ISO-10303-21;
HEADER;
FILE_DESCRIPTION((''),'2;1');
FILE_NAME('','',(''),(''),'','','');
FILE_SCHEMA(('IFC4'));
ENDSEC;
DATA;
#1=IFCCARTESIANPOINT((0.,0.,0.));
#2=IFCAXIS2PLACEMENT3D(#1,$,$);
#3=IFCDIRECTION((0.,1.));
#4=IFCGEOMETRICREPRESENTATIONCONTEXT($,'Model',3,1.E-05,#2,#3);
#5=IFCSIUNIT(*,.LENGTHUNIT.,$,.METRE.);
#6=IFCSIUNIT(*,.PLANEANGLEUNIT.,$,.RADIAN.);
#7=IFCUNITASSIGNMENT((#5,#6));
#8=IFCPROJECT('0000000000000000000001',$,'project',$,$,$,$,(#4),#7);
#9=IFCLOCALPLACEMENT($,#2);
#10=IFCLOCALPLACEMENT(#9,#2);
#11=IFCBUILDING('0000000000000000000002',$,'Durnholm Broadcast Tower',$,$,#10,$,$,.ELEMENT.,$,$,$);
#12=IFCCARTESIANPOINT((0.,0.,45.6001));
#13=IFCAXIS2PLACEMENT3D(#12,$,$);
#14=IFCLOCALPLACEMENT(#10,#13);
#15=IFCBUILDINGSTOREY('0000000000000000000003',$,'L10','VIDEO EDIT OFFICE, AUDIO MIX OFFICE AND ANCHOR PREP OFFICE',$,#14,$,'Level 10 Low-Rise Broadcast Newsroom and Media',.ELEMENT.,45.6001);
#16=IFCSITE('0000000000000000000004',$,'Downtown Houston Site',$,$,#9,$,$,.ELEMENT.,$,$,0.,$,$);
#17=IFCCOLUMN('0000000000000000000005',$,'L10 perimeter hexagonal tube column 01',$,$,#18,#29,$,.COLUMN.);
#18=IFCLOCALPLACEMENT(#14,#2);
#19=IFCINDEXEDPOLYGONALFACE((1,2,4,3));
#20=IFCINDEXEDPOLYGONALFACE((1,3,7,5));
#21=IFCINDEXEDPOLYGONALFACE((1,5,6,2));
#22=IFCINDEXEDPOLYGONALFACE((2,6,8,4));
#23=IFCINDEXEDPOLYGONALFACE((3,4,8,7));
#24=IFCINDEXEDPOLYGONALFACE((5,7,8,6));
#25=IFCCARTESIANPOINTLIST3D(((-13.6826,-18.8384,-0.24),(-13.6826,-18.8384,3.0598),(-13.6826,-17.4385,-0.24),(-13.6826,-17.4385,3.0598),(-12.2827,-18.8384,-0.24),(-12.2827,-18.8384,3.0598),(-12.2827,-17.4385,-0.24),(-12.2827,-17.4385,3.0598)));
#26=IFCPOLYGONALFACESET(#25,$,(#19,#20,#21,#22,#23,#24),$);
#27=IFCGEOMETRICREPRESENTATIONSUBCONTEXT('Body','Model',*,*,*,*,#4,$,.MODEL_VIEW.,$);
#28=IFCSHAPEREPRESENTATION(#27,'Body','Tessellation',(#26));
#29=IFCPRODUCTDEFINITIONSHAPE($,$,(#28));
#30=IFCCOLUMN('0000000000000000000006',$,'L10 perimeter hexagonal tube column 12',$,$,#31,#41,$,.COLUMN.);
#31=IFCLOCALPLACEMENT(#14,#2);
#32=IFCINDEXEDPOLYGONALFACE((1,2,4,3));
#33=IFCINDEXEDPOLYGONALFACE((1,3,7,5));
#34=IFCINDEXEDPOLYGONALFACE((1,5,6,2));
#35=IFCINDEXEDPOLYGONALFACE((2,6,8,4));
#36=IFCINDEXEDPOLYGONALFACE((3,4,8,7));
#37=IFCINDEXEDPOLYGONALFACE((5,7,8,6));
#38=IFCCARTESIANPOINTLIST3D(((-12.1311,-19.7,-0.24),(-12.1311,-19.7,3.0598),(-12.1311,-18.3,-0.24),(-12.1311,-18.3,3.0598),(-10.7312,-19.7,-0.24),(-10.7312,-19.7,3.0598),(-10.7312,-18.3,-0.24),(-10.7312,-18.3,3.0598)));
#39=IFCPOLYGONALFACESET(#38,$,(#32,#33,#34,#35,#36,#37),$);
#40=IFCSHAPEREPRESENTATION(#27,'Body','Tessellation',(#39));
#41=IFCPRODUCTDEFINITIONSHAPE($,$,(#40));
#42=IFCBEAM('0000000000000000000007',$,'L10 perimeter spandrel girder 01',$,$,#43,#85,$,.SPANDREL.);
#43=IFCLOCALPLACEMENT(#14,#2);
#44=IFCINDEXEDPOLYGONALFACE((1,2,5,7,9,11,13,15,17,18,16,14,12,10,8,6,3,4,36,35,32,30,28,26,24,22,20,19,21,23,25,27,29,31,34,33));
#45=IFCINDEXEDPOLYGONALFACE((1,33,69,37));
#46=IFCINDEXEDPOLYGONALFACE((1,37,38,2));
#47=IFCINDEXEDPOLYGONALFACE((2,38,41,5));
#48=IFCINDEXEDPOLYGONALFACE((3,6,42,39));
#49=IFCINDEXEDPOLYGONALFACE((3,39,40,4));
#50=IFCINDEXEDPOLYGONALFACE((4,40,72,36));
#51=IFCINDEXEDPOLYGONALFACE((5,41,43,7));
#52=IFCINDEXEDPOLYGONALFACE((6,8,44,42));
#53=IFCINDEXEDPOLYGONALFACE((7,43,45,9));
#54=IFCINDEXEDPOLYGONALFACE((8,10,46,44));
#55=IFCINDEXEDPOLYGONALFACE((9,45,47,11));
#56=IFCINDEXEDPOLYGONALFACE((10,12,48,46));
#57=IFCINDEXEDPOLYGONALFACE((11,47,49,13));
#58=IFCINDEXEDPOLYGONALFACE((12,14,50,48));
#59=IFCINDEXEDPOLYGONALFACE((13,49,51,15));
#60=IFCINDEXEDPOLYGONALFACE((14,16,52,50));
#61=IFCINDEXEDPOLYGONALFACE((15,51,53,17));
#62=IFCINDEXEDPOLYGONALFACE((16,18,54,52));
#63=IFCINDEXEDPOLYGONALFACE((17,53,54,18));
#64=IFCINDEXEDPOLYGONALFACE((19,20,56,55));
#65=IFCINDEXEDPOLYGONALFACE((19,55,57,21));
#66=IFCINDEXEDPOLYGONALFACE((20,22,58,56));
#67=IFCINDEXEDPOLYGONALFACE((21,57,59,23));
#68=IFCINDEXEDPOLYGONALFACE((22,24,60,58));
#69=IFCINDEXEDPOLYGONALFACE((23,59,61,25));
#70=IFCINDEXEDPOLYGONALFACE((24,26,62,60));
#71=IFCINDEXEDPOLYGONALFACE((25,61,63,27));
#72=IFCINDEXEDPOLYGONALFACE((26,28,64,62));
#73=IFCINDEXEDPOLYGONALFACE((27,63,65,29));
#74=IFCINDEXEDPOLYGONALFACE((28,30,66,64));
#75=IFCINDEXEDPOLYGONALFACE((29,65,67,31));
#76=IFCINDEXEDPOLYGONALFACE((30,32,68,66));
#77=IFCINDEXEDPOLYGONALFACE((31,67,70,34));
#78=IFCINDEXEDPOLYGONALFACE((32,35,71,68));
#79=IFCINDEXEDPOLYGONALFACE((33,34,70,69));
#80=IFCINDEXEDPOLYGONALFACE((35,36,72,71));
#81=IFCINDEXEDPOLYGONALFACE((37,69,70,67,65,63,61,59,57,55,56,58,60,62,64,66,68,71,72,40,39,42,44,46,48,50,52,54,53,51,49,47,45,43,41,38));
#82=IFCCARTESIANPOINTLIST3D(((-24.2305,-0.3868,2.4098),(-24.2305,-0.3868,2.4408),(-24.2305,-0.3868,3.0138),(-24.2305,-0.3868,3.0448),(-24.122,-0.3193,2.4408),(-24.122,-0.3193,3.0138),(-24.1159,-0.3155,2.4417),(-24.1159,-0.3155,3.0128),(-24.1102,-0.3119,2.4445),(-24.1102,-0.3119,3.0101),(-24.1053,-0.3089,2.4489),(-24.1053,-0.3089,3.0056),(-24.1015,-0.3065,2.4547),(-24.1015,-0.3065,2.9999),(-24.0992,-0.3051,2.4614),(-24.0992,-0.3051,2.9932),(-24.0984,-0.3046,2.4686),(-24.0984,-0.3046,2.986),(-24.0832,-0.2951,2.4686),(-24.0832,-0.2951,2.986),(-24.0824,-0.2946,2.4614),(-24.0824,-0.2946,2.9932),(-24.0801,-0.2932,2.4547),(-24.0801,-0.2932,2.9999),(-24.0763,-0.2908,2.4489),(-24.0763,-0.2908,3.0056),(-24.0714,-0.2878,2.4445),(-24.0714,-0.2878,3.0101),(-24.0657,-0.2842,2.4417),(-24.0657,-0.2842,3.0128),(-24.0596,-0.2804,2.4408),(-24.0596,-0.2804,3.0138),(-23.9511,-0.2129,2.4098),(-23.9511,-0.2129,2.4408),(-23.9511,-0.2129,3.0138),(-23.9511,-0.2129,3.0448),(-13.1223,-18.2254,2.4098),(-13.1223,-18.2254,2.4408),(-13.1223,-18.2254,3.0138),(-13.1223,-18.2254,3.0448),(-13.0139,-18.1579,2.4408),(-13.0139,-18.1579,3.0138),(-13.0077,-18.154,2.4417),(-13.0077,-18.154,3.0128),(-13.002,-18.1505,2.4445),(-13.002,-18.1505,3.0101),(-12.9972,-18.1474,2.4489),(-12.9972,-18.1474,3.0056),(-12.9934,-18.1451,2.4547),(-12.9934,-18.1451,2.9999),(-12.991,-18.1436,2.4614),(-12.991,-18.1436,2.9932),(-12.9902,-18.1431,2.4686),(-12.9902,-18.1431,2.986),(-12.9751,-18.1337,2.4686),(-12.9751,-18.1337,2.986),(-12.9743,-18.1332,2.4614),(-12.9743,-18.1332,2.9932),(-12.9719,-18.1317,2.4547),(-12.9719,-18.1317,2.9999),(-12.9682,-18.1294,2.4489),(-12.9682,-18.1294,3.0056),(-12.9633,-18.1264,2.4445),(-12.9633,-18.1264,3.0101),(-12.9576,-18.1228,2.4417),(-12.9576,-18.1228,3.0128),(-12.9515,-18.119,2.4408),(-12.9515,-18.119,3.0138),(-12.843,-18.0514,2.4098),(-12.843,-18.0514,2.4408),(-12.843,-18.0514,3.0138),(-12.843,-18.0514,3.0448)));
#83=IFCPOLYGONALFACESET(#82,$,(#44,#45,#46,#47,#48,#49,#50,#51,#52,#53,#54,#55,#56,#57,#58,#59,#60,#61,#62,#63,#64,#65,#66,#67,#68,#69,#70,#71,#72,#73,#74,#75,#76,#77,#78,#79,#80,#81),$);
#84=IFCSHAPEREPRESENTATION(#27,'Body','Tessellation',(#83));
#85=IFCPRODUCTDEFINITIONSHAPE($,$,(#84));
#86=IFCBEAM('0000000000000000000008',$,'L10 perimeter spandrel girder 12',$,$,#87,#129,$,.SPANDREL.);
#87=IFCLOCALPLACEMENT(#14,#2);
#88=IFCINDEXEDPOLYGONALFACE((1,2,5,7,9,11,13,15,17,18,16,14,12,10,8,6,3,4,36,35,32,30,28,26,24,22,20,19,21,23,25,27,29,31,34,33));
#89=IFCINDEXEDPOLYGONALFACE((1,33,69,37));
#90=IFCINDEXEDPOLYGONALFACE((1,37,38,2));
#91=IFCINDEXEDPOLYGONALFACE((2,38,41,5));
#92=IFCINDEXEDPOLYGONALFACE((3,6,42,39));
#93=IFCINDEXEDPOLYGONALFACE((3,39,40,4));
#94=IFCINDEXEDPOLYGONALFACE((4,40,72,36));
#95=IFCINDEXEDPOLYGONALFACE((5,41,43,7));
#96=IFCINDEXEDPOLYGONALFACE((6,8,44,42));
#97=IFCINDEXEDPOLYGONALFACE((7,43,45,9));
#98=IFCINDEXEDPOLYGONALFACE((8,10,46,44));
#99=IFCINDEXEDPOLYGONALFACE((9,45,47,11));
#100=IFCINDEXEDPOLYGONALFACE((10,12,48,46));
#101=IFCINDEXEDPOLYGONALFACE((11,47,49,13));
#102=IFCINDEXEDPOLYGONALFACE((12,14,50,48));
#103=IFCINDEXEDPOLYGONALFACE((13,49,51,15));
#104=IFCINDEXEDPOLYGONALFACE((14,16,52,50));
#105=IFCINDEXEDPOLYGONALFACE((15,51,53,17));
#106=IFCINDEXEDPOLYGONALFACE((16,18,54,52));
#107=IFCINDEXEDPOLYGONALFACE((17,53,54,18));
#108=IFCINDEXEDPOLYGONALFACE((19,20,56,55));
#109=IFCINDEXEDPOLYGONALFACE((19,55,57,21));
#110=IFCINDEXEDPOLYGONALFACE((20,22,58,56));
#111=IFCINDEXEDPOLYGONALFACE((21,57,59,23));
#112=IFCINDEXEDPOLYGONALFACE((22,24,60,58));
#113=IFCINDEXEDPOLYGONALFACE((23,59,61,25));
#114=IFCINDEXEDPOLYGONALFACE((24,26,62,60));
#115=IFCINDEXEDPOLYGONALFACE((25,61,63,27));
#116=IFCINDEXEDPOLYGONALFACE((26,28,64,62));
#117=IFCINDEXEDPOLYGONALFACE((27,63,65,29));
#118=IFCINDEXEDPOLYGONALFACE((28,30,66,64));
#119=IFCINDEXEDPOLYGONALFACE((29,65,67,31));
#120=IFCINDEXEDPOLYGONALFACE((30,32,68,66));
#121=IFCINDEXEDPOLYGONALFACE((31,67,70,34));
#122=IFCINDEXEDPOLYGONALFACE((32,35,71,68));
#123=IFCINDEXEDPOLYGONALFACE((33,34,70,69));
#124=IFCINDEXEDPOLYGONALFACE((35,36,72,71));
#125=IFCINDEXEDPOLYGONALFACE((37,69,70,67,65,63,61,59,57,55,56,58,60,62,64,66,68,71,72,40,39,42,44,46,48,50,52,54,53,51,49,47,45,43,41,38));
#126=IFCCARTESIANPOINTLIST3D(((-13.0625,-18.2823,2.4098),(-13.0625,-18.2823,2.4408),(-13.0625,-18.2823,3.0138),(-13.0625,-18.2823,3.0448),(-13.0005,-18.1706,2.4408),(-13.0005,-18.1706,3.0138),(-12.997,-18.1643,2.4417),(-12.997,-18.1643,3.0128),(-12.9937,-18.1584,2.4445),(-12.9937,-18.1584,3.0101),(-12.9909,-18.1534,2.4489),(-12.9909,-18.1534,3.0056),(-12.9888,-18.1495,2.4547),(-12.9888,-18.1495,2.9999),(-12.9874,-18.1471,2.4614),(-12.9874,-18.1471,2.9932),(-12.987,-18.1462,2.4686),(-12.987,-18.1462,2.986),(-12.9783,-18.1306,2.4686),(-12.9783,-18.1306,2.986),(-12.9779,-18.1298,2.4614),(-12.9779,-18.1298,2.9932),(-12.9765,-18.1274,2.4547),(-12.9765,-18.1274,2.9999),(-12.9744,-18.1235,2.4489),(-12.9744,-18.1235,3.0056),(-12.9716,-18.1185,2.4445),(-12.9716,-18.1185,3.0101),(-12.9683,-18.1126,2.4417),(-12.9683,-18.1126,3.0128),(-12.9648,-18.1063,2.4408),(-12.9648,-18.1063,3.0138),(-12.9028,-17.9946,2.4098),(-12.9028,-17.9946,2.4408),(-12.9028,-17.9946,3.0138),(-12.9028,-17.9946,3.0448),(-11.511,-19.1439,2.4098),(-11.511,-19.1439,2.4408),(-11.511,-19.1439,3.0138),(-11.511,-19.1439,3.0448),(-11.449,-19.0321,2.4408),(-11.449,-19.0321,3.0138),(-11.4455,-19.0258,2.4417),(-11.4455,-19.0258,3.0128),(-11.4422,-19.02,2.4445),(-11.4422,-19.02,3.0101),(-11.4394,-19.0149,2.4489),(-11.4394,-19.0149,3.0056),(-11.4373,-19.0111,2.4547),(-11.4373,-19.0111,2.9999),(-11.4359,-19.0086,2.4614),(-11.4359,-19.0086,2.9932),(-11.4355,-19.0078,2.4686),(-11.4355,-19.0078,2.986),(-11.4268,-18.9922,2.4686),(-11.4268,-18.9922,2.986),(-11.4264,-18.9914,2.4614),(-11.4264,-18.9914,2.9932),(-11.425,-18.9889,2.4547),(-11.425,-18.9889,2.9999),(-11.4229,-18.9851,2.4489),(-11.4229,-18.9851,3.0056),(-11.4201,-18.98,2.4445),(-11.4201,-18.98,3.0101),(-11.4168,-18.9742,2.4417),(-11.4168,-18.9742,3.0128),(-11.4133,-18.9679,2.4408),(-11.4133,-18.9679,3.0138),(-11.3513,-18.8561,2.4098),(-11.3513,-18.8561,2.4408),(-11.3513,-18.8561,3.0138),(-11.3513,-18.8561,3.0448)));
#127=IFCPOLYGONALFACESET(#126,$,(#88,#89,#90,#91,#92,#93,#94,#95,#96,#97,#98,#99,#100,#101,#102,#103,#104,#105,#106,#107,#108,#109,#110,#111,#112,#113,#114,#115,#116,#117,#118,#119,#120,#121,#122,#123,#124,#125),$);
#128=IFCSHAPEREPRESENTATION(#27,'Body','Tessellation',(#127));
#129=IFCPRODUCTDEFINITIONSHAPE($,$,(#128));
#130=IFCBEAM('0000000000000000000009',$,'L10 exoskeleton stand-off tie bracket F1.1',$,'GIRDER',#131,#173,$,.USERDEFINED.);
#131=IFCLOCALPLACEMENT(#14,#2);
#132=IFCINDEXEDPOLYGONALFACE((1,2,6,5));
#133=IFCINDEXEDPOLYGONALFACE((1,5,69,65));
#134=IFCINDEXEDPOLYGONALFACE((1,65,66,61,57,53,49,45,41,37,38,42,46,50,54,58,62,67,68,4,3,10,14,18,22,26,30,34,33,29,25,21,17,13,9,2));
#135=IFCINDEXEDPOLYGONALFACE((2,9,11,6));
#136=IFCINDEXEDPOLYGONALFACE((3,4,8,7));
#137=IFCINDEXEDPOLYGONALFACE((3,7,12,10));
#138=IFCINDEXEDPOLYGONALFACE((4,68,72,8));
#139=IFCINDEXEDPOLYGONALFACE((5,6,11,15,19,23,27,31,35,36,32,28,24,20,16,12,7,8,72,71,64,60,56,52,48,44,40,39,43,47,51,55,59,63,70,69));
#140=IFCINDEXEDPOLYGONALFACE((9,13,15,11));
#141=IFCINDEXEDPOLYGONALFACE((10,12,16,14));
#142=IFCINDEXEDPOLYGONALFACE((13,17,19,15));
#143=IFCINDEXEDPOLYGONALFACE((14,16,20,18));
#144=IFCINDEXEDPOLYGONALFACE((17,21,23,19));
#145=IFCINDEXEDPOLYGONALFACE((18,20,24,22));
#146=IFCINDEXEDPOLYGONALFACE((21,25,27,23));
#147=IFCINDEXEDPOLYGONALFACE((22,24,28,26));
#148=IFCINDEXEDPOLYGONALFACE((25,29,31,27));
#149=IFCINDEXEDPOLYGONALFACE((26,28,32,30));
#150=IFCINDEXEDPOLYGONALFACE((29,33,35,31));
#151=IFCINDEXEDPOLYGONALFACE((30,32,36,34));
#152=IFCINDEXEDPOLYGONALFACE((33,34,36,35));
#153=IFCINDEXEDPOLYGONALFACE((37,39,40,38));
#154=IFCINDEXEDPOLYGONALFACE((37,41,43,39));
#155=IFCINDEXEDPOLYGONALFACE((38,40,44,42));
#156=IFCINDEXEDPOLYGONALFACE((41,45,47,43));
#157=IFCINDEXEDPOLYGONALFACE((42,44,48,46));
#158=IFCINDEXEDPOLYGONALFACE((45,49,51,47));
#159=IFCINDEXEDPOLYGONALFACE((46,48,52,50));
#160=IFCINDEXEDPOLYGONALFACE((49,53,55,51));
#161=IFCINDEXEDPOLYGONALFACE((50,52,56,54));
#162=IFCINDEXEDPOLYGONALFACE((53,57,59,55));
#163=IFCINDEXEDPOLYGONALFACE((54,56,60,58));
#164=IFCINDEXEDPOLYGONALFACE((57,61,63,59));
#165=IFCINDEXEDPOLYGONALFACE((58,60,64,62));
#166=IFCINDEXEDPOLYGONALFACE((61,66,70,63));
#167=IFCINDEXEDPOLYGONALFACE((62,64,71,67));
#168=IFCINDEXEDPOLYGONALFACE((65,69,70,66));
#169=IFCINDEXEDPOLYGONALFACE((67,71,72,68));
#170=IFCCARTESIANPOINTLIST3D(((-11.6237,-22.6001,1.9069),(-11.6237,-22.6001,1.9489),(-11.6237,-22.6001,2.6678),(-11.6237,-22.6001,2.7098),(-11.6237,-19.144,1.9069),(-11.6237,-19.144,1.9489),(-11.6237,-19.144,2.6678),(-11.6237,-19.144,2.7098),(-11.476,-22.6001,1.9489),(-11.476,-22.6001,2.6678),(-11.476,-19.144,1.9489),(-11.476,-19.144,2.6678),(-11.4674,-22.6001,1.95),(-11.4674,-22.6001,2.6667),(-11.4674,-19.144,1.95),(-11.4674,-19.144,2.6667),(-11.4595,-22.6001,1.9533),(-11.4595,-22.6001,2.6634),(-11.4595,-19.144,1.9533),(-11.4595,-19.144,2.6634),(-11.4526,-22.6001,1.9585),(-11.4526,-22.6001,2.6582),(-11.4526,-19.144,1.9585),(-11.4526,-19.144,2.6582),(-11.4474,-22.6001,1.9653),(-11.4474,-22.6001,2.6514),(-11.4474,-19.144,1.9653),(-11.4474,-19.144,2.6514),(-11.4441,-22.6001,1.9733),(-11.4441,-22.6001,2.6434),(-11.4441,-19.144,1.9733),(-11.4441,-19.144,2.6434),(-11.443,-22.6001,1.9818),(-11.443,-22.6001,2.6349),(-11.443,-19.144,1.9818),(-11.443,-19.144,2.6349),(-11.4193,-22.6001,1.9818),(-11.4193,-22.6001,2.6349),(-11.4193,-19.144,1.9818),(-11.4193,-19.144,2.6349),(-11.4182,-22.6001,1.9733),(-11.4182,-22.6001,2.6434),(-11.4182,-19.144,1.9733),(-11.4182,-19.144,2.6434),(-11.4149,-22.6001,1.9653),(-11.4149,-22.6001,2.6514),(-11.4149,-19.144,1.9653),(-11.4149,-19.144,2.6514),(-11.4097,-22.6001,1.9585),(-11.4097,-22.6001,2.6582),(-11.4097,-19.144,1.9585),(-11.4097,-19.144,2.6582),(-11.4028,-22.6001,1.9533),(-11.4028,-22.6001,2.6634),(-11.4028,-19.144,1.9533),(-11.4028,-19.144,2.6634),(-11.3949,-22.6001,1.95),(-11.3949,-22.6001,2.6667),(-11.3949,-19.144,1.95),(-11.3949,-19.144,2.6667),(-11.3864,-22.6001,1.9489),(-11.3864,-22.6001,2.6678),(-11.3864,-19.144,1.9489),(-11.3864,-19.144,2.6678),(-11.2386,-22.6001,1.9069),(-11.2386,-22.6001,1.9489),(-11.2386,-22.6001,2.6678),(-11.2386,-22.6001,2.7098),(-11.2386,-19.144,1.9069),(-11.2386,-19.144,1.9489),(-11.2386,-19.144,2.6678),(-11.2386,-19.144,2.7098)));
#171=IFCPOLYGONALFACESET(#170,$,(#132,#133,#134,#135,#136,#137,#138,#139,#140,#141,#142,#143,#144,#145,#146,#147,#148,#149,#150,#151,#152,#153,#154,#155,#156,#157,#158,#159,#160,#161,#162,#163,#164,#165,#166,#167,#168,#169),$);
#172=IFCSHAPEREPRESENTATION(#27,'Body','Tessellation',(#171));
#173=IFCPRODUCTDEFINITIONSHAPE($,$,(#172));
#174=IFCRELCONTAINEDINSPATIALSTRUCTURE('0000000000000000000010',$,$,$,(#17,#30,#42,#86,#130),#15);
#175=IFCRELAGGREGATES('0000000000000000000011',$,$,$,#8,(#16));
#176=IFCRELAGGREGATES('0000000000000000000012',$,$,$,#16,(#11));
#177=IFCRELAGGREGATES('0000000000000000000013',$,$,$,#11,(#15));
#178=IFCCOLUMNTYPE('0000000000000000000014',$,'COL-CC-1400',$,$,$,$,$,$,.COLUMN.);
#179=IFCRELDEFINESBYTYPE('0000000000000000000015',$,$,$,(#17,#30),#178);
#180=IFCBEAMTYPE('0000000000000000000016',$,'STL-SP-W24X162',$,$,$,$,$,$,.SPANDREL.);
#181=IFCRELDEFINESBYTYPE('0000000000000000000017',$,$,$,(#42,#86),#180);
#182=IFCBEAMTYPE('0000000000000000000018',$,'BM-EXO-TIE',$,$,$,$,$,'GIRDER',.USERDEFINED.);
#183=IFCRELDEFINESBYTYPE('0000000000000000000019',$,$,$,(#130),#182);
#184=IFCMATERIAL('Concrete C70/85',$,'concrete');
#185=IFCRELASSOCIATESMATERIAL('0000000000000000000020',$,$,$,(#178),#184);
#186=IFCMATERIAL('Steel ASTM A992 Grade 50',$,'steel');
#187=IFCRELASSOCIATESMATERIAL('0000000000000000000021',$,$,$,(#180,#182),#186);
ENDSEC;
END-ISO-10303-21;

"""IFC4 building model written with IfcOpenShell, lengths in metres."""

from ifc_helpers import new_model, si_unit, direction, frame, origin, origin_2d, place, context, subcontext, project, spatial, rectangle, i_section, extrude, source, transform, mapped, material, material_profile, profile_set, type_object, type_shapes, element, save


model = new_model("IFC4")

# Units and contexts
model_context = context("Model", 3, precision=1e-05, world=origin(), true_north=direction((0.0, 1.0)))
body_context = subcontext(model_context, "Body", "Model", "MODEL_VIEW")
ifc_project = project(units=[si_unit("LENGTHUNIT", "METRE"), si_unit("PLANEANGLEUNIT", "RADIAN")], contexts=[model_context])

# Site, building, storey
site_placement = place(None, origin())
site = spatial("IfcSite", under=ifc_project, at=site_placement, Name="Downtown Houston Site", CompositionType="ELEMENT", RefElevation=0.0)
building_placement = place(site_placement, origin())
building = spatial("IfcBuilding", under=site, at=building_placement, Name="Durnholm Broadcast Tower", CompositionType="ELEMENT")
storey_placement = place(building_placement, frame((0.0, 0.0, 45.6001)))
storey = spatial("IfcBuildingStorey", under=building, at=storey_placement, Name="L10", Description="VIDEO EDIT OFFICE, AUDIO MIX OFFICE AND ANCHOR PREP OFFICE", LongName="Level 10 Low-Rise Broadcast Newsroom and Media", CompositionType="ELEMENT", Elevation=45.6001)

# Columns
ifc_material_1 = material(Name="Concrete C70/85", Category="concrete")
ifc_material_profile_1 = material_profile(ifc_material_1, rectangle(XDim=1.3999, YDim=1.3999, at=origin_2d()), Name="RC1400X1400")
ifc_profile_set_1 = profile_set([ifc_material_profile_1], Name="Concrete C70/85")
column_type = type_object("IfcColumnType", Name="COL-CC-1400", PredefinedType="COLUMN", material=ifc_profile_set_1)
shared_shape_1 = source(origin(), body_context, "Body", "SweptSolid", [
    extrude(rectangle(XDim=1.3999, YDim=1.3999, at=origin_2d()), origin(), (0.0, 0.0, 1.0), 3.2998),
])
type_shapes(column_type, [shared_shape_1])
for number, where, z_axis, x_axis, name in (
    (1, (-12.9827, -18.1384, -0.24), (0.0, 0.0, 1.0), (1.0, 0.0, 0.0), "L10 perimeter hexagonal tube column 01"),
    (2, (-11.4312, -19.0, -0.24), (0.0, 0.0, 1.0), (1.0, 0.0, 0.0), "L10 perimeter hexagonal tube column 12"),
):
    element("IfcColumn", number, at=place(storey_placement, frame(where, z_axis=z_axis, x_axis=x_axis)), inside=storey, type_object=column_type, Name=name, PredefinedType="COLUMN", context=body_context, shape_type="MappedRepresentation", body=[
        mapped(shared_shape_1, transform((0.0, 0.0, 0.0), x_axis=(1.0, 0.0, 0.0), y_axis=(0.0, 1.0, 0.0), z_axis=(0.0, 0.0, 1.0), scale=1.0)),
    ])

# Beams
ifc_material_2 = material(Name="Steel ASTM A992 Grade 50", Category="steel")
ifc_material_profile_2 = material_profile(ifc_material_2, i_section(OverallWidth=0.3291, OverallDepth=0.635, WebThickness=0.0178, FlangeThickness=0.031, FilletRadius=0.0278, at=origin_2d()), Name="W24X162")
ifc_profile_set_2 = profile_set([ifc_material_profile_2], Name="Steel ASTM A992 Grade 50")
beam_type_1 = type_object("IfcBeamType", Name="STL-SP-W24X162", PredefinedType="SPANDREL", material=ifc_profile_set_2)
shared_shape_2 = source(origin(), body_context, "Body", "SweptSolid", [
    extrude(i_section(OverallWidth=0.3291, OverallDepth=0.635, WebThickness=0.0178, FlangeThickness=0.031, FilletRadius=0.0278, at=origin_2d()), origin(), (0.0, 0.0, 1.0), 21.0144),
])
beam_1_placement = place(storey_placement, frame((-12.9827, -18.1384, 2.7273), z_axis=(-0.528596, 0.848874, 0.0), x_axis=(-0.848874, -0.528596, 0.0)))
element("IfcBeam", 3, at=beam_1_placement, inside=storey, type_object=beam_type_1, Name="L10 perimeter spandrel girder 01", PredefinedType="SPANDREL", context=body_context, shape_type="MappedRepresentation", body=[
    mapped(shared_shape_2, transform((0.0, 0.0, 0.0), x_axis=(1.0, 0.0, 0.0), y_axis=(0.0, 1.0, 0.0), z_axis=(0.0, 0.0, 1.0), scale=1.0)),
])
shared_shape_3 = source(origin(), body_context, "Body", "SweptSolid", [
    extrude(i_section(OverallWidth=0.3291, OverallDepth=0.635, WebThickness=0.0178, FlangeThickness=0.031, FilletRadius=0.0278, at=origin_2d()), origin(), (0.0, 0.0, 1.0), 1.7747),
])
type_shapes(beam_type_1, [shared_shape_2, shared_shape_3])
beam_2_placement = place(storey_placement, frame((-11.4312, -19.0, 2.7273), z_axis=(-0.874248, 0.485479, 0.0), x_axis=(-0.485479, -0.874248, 0.0)))
element("IfcBeam", 4, at=beam_2_placement, inside=storey, type_object=beam_type_1, Name="L10 perimeter spandrel girder 12", PredefinedType="SPANDREL", context=body_context, shape_type="MappedRepresentation", body=[
    mapped(shared_shape_3, transform((0.0, 0.0, 0.0), x_axis=(1.0, 0.0, 0.0), y_axis=(0.0, 1.0, 0.0), z_axis=(0.0, 0.0, 1.0), scale=1.0)),
])
ifc_material_profile_3 = material_profile(ifc_material_2, i_section(OverallWidth=0.385, OverallDepth=0.803, WebThickness=0.0237, FlangeThickness=0.042, FilletRadius=0.033, at=origin_2d()), Name="W30X261")
ifc_profile_set_3 = profile_set([ifc_material_profile_3], Name="Steel ASTM A992 Grade 50")
beam_type_2 = type_object("IfcBeamType", Name="BM-EXO-TIE", ElementType="GIRDER", PredefinedType="USERDEFINED", material=ifc_profile_set_3)
shared_shape_4 = source(origin(), body_context, "Body", "SweptSolid", [
    extrude(i_section(OverallWidth=0.385, OverallDepth=0.803, WebThickness=0.0237, FlangeThickness=0.042, FilletRadius=0.033, at=origin_2d()), origin(), (0.0, 0.0, 1.0), 3.4561),
])
for number, where, z_axis, x_axis, name in (
    (5, (-11.4312, -19.144, 2.3083), (0.0, -1.0, 0.0), (1.0, 0.0, 0.0), "L10 exoskeleton stand-off tie bracket F1.1"),
):
    element("IfcBeam", number, at=place(storey_placement, frame(where, z_axis=z_axis, x_axis=x_axis)), inside=storey, type_object=beam_type_2, Name=name, ObjectType="GIRDER", PredefinedType="USERDEFINED", context=body_context, shape_type="MappedRepresentation", body=[
        mapped(shared_shape_4, transform((0.0, 0.0, 0.0), x_axis=(1.0, 0.0, 0.0), y_axis=(0.0, 1.0, 0.0), z_axis=(0.0, 0.0, 1.0), scale=1.0)),
    ])

save(model, "model.ifc")
